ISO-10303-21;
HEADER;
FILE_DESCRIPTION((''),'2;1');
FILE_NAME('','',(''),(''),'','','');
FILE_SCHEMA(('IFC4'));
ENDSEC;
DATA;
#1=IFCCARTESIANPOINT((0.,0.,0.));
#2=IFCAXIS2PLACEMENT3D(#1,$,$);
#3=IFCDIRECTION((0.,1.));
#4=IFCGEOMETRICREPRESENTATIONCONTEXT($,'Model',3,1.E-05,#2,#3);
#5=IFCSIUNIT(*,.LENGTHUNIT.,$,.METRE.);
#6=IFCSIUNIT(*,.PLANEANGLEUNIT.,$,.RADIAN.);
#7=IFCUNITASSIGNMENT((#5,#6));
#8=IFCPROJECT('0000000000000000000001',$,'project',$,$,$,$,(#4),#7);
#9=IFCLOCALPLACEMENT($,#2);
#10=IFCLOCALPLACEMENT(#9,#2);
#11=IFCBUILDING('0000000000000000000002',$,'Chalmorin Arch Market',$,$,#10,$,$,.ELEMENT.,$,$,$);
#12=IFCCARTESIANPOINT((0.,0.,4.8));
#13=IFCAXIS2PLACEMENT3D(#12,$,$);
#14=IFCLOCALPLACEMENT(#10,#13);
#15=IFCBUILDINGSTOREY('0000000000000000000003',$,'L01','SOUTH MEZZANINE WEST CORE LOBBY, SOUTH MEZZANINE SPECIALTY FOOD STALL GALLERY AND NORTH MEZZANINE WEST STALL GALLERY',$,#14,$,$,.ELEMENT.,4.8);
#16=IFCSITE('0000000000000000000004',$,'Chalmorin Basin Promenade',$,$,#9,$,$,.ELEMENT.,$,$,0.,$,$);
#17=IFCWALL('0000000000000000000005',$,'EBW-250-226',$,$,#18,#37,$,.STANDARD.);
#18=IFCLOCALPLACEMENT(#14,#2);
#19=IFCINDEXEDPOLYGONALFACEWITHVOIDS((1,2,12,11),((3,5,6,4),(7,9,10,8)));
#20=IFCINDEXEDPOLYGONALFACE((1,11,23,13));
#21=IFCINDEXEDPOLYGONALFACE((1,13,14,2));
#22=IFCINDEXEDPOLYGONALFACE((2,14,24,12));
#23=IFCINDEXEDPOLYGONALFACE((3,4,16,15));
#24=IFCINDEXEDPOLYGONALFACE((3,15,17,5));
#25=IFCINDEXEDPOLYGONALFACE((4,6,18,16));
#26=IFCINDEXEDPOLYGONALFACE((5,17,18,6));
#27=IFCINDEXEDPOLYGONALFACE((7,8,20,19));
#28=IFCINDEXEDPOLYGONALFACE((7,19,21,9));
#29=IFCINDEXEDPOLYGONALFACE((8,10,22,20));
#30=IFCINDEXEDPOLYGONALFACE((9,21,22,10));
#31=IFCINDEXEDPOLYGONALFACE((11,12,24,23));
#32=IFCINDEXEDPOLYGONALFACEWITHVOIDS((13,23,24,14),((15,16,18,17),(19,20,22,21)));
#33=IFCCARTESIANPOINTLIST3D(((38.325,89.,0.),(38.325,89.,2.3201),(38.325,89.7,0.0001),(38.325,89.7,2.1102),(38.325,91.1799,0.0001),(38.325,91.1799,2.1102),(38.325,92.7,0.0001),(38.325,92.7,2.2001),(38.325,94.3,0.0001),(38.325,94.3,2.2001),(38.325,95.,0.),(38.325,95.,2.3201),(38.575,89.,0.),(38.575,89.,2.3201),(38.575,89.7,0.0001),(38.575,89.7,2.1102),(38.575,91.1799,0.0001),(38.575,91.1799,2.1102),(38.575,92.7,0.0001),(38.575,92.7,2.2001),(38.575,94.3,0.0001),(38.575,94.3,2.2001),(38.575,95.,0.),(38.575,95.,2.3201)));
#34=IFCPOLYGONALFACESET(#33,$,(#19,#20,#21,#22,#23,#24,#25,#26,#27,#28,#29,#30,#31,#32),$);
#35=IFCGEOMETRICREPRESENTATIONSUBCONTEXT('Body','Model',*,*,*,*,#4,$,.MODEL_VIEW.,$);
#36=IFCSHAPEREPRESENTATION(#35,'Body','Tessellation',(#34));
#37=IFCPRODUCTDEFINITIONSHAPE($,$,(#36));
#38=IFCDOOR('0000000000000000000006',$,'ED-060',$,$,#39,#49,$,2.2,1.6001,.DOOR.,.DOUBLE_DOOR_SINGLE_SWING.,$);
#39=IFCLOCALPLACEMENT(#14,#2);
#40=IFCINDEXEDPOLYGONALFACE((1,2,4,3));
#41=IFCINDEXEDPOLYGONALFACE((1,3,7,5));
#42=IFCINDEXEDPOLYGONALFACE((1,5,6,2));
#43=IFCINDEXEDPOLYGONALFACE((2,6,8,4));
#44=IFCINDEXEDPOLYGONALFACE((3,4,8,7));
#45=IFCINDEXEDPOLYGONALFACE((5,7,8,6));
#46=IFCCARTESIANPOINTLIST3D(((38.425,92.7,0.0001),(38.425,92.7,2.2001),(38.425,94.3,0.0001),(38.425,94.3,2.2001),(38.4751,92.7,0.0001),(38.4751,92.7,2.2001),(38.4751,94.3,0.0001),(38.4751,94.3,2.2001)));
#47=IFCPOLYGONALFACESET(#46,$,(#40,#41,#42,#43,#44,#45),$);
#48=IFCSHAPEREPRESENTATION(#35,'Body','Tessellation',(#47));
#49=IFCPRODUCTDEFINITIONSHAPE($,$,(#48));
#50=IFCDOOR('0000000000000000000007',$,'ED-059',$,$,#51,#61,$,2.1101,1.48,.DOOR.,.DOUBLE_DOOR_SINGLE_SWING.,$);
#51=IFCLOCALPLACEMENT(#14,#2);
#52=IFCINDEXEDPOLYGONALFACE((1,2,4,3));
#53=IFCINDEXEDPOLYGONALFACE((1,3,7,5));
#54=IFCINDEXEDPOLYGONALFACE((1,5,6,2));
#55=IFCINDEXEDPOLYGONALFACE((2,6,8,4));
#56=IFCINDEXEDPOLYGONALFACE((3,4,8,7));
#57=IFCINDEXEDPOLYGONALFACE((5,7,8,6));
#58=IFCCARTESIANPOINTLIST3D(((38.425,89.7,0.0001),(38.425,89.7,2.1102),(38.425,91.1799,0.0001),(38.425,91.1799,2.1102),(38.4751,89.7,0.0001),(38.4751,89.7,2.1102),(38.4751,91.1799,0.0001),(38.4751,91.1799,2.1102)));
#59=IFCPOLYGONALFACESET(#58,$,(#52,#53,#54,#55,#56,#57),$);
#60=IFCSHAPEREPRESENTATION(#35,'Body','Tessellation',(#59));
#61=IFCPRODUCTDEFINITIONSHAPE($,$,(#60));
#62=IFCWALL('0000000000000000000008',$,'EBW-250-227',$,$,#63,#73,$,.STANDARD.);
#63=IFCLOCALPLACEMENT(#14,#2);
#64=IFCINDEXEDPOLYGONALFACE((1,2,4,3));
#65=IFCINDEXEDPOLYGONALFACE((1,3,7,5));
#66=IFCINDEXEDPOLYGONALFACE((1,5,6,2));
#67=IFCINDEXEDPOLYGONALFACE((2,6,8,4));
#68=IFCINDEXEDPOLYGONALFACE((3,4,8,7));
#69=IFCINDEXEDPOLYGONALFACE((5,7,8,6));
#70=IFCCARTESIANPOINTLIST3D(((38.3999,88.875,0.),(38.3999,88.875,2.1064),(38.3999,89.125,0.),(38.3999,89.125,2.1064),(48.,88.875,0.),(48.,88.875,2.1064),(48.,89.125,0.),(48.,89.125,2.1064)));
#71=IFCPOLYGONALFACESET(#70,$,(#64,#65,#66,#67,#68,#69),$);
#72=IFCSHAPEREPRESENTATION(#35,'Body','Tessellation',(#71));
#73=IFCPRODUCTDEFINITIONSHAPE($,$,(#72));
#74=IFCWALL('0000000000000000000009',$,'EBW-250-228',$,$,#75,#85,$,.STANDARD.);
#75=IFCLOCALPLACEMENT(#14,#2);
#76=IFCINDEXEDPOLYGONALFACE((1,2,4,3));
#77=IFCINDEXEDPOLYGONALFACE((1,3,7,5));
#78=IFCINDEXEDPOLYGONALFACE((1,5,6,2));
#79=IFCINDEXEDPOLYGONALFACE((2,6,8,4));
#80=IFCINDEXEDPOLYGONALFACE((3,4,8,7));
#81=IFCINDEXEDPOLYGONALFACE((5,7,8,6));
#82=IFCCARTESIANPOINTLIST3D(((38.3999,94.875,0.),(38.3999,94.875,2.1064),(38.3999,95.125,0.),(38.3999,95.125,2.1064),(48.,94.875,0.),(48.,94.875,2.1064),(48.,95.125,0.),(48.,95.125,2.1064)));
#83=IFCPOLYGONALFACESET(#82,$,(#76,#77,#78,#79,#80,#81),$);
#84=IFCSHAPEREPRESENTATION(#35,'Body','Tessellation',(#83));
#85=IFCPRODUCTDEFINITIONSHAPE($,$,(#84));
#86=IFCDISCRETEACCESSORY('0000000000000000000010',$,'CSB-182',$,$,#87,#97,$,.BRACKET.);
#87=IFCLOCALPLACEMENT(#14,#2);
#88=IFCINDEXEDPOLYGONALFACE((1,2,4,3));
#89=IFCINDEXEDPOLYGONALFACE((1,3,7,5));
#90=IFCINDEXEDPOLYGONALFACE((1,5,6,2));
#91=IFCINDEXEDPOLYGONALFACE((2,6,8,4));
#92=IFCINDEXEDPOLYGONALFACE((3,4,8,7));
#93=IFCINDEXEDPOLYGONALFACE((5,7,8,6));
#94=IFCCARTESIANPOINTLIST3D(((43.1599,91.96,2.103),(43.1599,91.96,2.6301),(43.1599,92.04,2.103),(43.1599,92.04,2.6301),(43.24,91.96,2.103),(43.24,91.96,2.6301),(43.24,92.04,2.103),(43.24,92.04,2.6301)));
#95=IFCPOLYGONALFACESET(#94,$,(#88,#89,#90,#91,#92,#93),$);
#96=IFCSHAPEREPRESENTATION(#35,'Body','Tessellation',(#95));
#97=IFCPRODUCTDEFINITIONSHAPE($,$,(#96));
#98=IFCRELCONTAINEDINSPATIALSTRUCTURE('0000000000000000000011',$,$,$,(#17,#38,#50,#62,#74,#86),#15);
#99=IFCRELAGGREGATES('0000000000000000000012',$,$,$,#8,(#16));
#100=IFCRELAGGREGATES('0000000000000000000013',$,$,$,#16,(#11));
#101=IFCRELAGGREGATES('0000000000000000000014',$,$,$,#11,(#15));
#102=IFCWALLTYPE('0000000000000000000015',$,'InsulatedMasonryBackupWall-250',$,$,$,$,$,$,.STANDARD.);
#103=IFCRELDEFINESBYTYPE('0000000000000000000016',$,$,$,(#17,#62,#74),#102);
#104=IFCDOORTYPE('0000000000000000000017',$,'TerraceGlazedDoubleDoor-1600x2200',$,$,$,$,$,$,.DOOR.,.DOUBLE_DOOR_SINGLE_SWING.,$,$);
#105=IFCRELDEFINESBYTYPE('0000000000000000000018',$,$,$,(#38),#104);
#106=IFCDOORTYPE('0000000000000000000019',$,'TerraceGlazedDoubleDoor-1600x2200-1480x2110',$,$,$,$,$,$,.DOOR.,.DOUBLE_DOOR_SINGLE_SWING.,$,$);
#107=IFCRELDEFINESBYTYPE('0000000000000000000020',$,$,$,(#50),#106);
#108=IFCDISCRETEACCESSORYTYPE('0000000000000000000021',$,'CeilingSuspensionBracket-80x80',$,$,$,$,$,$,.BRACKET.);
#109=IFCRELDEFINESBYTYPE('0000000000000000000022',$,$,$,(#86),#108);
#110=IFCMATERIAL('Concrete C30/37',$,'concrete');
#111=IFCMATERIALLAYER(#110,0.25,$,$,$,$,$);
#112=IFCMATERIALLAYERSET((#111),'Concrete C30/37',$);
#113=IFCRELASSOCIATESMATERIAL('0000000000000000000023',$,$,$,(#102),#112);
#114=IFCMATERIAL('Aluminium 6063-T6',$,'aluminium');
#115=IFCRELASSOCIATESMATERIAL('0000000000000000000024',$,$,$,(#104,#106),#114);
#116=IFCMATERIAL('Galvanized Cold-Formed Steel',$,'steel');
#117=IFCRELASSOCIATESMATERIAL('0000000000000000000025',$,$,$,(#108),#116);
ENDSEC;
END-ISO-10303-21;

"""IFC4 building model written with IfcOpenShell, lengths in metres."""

from ifc_helpers import new_model, si_unit, direction, frame, frame_2d, origin, origin_2d, place, context, subcontext, project, spatial, rectangle, extrude, material, layer, layer_set, type_object, element, fill, save


model = new_model("IFC4")

# Units and contexts
model_context = context("Model", 3, precision=1e-05, world=origin(), true_north=direction((0.0, 1.0)))
body_context = subcontext(model_context, "Body", "Model", "MODEL_VIEW")
ifc_project = project(units=[si_unit("LENGTHUNIT", "METRE"), si_unit("PLANEANGLEUNIT", "RADIAN")], contexts=[model_context])

# Site, building, storey
site_placement = place(None, origin())
site = spatial("IfcSite", under=ifc_project, at=site_placement, Name="Chalmorin Basin Promenade", CompositionType="ELEMENT", RefElevation=0.0)
building_placement = place(site_placement, origin())
building = spatial("IfcBuilding", under=site, at=building_placement, Name="Chalmorin Arch Market", CompositionType="ELEMENT")
storey_placement = place(building_placement, frame((0.0, 0.0, 4.8)))
storey = spatial("IfcBuildingStorey", under=building, at=storey_placement, Name="L01", Description="SOUTH MEZZANINE WEST CORE LOBBY, SOUTH MEZZANINE SPECIALTY FOOD STALL GALLERY AND NORTH MEZZANINE WEST STALL GALLERY", CompositionType="ELEMENT", Elevation=4.8)

# Wall, openings, doors
ifc_material_1 = material(Name="Concrete C30/37", Category="concrete")
ifc_layer_1 = layer(ifc_material_1, 0.25)
ifc_layer_set_1 = layer_set([ifc_layer_1], Name="Concrete C30/37")
wall_type = type_object("IfcWallType", Name="InsulatedMasonryBackupWall-250", PredefinedType="STANDARD", material=ifc_layer_set_1)
wall_placement = place(storey_placement, frame((38.45, 89.0, 0.0), z_axis=(0.0, 0.0, 1.0), x_axis=(0.0, 1.0, 0.0)))
wall = element("IfcWall", 1, at=wall_placement, inside=storey, type_object=wall_type, Name="EBW-250-226", PredefinedType="STANDARD", context=body_context, shape_type="SweptSolid", body=[
    extrude(rectangle(XDim=6.0, YDim=0.25, at=frame_2d((3.0, 0.0))), origin(), (0.0, 0.0, 1.0), 2.3201),
])
opening_1_placement = place(wall_placement, frame((0.7, 0.0, 0.0)))
opening_1 = element("IfcOpeningElement", 2, at=opening_1_placement, cuts=wall, PredefinedType="OPENING", context=body_context, shape_type="SweptSolid", body=[
    extrude(rectangle(XDim=1.48, YDim=2.1101, at=frame_2d((0.74, 1.0552))), frame((0.0, 0.135, 0.0), z_axis=(0.0, -1.0, 0.0), x_axis=(1.0, 0.0, 0.0)), (0.0, 0.0, 1.0), 0.27),
])
opening_2_placement = place(wall_placement, frame((3.7, 0.0, 0.0)))
opening_2 = element("IfcOpeningElement", 3, at=opening_2_placement, cuts=wall, PredefinedType="OPENING", context=body_context, shape_type="SweptSolid", body=[
    extrude(rectangle(XDim=1.6001, YDim=2.2, at=frame_2d((0.8, 1.1001))), frame((0.0, 0.135, 0.0), z_axis=(0.0, -1.0, 0.0), x_axis=(1.0, 0.0, 0.0)), (0.0, 0.0, 1.0), 0.27),
])
ifc_material_2 = material(Name="Aluminium 6063-T6", Category="aluminium")
door_type_1 = type_object("IfcDoorType", Name="TerraceGlazedDoubleDoor-1600x2200", OperationType="DOUBLE_DOOR_SINGLE_SWING", PredefinedType="DOOR", material=ifc_material_2)
door_1_placement = place(opening_2_placement, origin())
door_1 = element("IfcDoor", 4, at=door_1_placement, inside=storey, type_object=door_type_1, Name="ED-060", OperationType="DOUBLE_DOOR_SINGLE_SWING", OverallHeight=2.2, OverallWidth=1.6001, PredefinedType="DOOR", context=body_context, shape_type="SweptSolid", body=[
    extrude(rectangle(XDim=1.6001, YDim=2.2, at=frame_2d((0.8, 1.1001))), frame((0.0, 0.0249, 0.0), z_axis=(0.0, -1.0, 0.0), x_axis=(1.0, 0.0, 0.0)), (0.0, 0.0, 1.0), 0.05),
])
fill(opening_2, door_1)
door_type_2 = type_object("IfcDoorType", Name="TerraceGlazedDoubleDoor-1600x2200-1480x2110", OperationType="DOUBLE_DOOR_SINGLE_SWING", PredefinedType="DOOR", material=ifc_material_2)
door_2_placement = place(opening_1_placement, origin())
door_2 = element("IfcDoor", 5, at=door_2_placement, inside=storey, type_object=door_type_2, Name="ED-059", OperationType="DOUBLE_DOOR_SINGLE_SWING", OverallHeight=2.1101, OverallWidth=1.48, PredefinedType="DOOR", context=body_context, shape_type="SweptSolid", body=[
    extrude(rectangle(XDim=1.48, YDim=2.1101, at=frame_2d((0.74, 1.0552))), frame((0.0, 0.0249, 0.0), z_axis=(0.0, -1.0, 0.0), x_axis=(1.0, 0.0, 0.0)), (0.0, 0.0, 1.0), 0.05),
])
fill(opening_1, door_2)

# Walls
for number, where, z_axis, x_axis, name in (
    (6, (38.3999, 89.0, 0.0), (0.0, 0.0, 1.0), (1.0, 0.0, 0.0), "EBW-250-227"),
    (7, (38.3999, 95.0, 0.0), (0.0, 0.0, 1.0), (1.0, 0.0, 0.0), "EBW-250-228"),
):
    element("IfcWall", number, at=place(storey_placement, frame(where, z_axis=z_axis, x_axis=x_axis)), inside=storey, type_object=wall_type, Name=name, PredefinedType="STANDARD", context=body_context, shape_type="SweptSolid", body=[
        extrude(rectangle(XDim=9.6001, YDim=0.25, at=frame_2d((4.8, 0.0))), origin(), (0.0, 0.0, 1.0), 2.1064),
    ])

# Discrete accessory
ifc_material_3 = material(Name="Galvanized Cold-Formed Steel", Category="steel")
discrete_accessory_type = type_object("IfcDiscreteAccessoryType", Name="CeilingSuspensionBracket-80x80", PredefinedType="BRACKET", material=ifc_material_3)
discrete_accessory_placement = place(storey_placement, frame((43.2, 92.0, 2.103), z_axis=(0.0, 0.0, 1.0), x_axis=(1.0, 0.0, 0.0)))
element("IfcDiscreteAccessory", 8, at=discrete_accessory_placement, inside=storey, type_object=discrete_accessory_type, Name="CSB-182", PredefinedType="BRACKET", context=body_context, shape_type="SweptSolid", body=[
    extrude(rectangle(XDim=0.0801, YDim=0.0801, at=origin_2d()), origin(), (0.0, 0.0, 1.0), 0.5271),
])

save(model, "model.ifc")
